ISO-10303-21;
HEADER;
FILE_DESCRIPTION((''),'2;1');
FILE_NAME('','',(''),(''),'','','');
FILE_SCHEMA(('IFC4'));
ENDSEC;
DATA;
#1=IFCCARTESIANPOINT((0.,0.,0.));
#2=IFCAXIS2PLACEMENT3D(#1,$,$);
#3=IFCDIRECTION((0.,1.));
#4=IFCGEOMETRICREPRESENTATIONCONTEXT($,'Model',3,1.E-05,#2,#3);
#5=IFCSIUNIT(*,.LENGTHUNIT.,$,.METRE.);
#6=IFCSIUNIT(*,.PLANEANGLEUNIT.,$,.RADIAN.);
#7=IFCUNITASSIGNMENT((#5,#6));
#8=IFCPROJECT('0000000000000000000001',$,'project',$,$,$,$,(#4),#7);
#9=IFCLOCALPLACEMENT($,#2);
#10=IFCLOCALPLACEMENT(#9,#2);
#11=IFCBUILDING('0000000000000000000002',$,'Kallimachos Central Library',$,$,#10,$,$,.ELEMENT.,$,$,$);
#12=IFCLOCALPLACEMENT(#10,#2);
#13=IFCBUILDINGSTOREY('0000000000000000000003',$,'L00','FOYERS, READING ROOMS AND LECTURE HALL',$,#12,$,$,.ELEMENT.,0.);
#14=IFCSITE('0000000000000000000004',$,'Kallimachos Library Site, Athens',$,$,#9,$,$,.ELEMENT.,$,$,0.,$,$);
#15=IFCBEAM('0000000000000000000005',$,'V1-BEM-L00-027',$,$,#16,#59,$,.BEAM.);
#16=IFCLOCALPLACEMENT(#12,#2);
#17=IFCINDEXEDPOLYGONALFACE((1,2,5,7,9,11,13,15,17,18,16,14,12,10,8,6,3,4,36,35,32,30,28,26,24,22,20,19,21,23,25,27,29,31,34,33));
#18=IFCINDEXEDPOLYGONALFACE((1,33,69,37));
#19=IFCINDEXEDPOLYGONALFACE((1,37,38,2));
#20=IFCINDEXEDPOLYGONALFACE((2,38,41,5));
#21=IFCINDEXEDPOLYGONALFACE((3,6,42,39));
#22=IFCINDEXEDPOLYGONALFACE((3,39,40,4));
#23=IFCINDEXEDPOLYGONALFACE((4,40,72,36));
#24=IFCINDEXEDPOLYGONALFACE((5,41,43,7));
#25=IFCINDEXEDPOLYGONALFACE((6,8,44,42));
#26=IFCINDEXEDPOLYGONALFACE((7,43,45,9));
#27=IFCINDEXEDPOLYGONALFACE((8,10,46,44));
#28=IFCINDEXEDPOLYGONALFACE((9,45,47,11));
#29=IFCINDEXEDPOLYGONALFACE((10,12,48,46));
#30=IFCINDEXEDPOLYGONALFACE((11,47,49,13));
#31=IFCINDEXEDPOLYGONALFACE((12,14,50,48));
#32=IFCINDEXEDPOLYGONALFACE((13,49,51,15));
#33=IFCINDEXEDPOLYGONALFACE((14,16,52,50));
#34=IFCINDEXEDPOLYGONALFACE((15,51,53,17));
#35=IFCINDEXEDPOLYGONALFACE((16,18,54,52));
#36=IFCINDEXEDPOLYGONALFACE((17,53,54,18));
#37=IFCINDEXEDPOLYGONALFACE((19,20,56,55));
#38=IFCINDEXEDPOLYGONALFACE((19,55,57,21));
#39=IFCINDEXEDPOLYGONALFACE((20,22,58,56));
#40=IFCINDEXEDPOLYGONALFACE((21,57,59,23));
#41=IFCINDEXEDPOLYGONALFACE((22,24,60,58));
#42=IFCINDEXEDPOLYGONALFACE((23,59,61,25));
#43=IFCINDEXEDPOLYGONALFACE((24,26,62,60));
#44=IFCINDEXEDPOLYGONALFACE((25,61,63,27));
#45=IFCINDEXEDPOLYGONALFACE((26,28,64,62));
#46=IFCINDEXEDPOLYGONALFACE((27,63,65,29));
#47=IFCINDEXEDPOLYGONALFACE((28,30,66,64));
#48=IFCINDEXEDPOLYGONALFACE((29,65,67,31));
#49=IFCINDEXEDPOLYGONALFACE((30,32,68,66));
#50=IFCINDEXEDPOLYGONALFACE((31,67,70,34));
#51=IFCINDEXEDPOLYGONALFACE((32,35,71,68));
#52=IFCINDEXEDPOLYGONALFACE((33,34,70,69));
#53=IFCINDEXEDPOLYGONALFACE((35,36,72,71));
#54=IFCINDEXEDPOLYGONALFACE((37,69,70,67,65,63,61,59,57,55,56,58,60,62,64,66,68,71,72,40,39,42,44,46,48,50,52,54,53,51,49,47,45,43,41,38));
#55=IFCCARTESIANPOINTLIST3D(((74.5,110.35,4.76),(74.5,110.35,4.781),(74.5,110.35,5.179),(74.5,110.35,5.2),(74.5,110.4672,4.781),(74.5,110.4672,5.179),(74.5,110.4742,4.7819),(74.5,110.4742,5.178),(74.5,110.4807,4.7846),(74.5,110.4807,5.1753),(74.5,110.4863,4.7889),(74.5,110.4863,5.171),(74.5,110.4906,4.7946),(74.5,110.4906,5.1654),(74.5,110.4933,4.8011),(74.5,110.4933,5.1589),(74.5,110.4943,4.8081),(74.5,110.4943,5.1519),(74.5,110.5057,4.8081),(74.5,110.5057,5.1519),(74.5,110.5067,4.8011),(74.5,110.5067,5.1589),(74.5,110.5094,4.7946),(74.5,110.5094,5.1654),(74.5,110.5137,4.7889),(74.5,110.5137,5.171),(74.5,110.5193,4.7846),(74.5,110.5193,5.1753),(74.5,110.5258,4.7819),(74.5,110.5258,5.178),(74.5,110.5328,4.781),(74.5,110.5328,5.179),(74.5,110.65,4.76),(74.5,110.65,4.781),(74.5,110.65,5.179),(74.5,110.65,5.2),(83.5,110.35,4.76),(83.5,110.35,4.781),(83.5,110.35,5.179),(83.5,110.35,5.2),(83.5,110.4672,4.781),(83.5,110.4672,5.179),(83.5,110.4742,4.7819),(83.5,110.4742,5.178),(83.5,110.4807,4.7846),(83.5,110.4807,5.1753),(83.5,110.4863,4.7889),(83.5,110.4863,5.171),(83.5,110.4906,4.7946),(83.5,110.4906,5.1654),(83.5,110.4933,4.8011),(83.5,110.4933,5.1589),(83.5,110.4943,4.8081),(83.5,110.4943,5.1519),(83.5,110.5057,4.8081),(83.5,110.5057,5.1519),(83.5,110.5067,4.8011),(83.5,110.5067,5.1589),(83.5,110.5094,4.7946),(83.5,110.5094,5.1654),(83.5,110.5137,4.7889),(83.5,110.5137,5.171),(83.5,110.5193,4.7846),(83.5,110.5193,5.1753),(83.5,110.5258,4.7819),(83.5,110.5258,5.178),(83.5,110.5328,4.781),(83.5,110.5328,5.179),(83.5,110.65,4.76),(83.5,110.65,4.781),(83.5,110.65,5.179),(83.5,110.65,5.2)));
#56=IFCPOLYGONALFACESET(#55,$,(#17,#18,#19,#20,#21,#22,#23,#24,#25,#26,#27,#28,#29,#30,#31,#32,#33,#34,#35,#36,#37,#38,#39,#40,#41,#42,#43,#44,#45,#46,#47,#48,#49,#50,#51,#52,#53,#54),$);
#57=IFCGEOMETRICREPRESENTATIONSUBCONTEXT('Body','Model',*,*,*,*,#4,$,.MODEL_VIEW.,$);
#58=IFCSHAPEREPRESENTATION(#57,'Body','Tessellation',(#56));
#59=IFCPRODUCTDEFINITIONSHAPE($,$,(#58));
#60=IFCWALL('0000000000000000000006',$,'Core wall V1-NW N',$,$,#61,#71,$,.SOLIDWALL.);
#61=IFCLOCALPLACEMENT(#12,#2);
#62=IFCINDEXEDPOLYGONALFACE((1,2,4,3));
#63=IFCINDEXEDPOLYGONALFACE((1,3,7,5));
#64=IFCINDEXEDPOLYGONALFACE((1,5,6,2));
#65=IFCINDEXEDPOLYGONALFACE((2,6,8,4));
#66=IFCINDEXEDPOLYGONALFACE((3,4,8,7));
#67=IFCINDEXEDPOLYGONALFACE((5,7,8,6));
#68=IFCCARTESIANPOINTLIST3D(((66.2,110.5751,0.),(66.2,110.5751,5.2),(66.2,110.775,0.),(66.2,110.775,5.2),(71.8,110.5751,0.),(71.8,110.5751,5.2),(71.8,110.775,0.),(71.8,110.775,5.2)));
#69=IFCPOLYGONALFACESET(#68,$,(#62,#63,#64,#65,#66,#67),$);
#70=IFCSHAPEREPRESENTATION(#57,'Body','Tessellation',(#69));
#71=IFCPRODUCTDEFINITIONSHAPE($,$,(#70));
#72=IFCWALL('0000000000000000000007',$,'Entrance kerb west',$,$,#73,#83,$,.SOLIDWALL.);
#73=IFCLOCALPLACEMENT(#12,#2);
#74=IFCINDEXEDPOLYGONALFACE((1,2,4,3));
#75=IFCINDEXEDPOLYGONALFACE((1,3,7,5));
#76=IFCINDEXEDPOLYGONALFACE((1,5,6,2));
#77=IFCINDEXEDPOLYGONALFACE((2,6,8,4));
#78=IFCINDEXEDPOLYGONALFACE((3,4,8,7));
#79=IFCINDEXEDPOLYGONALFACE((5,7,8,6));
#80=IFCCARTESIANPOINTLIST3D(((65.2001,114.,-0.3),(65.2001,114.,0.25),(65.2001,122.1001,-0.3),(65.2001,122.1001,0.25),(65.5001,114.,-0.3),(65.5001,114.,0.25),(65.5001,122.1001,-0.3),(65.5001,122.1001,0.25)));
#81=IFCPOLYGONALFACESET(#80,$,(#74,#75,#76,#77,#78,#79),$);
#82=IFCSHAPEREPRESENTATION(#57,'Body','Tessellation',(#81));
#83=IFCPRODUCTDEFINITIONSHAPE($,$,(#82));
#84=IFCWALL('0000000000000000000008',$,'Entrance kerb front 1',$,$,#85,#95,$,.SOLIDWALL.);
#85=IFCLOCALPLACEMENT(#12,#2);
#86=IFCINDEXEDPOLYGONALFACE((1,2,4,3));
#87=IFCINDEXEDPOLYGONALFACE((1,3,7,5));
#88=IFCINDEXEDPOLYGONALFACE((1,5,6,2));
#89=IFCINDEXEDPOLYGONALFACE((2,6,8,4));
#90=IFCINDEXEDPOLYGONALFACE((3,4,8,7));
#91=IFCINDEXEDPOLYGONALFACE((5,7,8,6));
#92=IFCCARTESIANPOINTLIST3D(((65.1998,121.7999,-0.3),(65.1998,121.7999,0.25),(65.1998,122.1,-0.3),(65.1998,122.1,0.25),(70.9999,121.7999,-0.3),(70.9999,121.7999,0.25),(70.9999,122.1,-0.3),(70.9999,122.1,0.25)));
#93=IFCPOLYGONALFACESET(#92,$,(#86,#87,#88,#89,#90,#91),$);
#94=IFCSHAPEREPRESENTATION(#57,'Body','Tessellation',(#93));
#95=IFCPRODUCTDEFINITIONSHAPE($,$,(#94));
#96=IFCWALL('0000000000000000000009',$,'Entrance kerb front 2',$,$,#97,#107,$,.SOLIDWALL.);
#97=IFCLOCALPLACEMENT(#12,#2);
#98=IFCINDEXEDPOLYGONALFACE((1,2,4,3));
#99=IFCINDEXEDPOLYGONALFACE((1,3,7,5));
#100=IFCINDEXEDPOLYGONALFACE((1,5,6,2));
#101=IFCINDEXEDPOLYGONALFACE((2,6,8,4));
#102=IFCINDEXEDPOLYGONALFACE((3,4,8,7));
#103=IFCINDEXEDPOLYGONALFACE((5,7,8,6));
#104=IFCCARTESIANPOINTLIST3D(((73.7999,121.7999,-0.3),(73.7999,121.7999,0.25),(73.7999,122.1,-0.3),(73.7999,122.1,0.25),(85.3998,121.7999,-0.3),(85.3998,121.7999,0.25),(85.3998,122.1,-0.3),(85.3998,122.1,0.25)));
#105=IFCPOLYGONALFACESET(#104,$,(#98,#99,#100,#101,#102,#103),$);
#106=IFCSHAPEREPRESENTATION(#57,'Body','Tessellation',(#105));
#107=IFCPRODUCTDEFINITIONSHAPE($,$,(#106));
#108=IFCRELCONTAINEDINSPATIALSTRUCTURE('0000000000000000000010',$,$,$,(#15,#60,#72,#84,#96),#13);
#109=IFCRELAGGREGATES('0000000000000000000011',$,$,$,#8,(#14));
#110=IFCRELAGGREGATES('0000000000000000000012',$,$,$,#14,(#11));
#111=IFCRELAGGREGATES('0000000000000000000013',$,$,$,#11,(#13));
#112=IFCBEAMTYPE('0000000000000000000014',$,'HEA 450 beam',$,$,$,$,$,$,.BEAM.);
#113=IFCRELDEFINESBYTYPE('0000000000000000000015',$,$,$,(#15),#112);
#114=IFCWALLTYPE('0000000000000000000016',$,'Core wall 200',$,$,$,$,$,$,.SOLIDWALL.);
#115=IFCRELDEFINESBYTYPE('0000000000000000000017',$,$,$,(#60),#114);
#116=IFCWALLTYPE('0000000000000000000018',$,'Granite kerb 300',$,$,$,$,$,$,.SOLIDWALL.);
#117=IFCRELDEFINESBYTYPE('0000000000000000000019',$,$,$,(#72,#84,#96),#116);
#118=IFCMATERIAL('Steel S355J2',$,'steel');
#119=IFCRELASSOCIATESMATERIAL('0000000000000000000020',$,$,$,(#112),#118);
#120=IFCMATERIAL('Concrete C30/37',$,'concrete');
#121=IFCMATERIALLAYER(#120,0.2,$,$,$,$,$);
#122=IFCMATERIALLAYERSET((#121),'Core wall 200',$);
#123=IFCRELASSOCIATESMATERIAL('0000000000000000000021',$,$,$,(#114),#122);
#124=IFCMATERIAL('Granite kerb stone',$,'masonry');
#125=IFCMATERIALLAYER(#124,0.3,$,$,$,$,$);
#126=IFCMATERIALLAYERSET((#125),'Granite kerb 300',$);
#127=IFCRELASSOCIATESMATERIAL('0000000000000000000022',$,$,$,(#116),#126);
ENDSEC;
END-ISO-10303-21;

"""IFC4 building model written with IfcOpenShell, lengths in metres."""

from ifc_helpers import new_model, si_unit, direction, frame, frame_2d, origin, origin_2d, place, context, subcontext, project, spatial, rectangle, i_section, extrude, material, layer, layer_set, material_profile, profile_set, type_object, element, save


model = new_model("IFC4")

# Units and contexts
model_context = context("Model", 3, precision=1e-05, world=origin(), true_north=direction((0.0, 1.0)))
body_context = subcontext(model_context, "Body", "Model", "MODEL_VIEW")
ifc_project = project(units=[si_unit("LENGTHUNIT", "METRE"), si_unit("PLANEANGLEUNIT", "RADIAN")], contexts=[model_context])

# Site, building, storey
site_placement = place(None, origin())
site = spatial("IfcSite", under=ifc_project, at=site_placement, Name="Kallimachos Library Site, Athens", CompositionType="ELEMENT", RefElevation=0.0)
building_placement = place(site_placement, origin())
building = spatial("IfcBuilding", under=site, at=building_placement, Name="Kallimachos Central Library", CompositionType="ELEMENT")
storey_placement = place(building_placement, origin())
storey = spatial("IfcBuildingStorey", under=building, at=storey_placement, Name="L00", Description="FOYERS, READING ROOMS AND LECTURE HALL", CompositionType="ELEMENT", Elevation=0.0)

# Beam
ifc_material_1 = material(Name="Steel S355J2", Category="steel")
ifc_material_profile_1 = material_profile(ifc_material_1, i_section(OverallWidth=0.3, OverallDepth=0.4399, WebThickness=0.0115, FlangeThickness=0.021, FilletRadius=0.0271, at=origin_2d()), Name="HEA 450")
ifc_profile_set_1 = profile_set([ifc_material_profile_1], Name="Steel S355J2")
beam_type = type_object("IfcBeamType", Name="HEA 450 beam", PredefinedType="BEAM", material=ifc_profile_set_1)
beam_placement = place(storey_placement, frame((74.5, 110.5, 4.98), z_axis=(1.0, 0.0, 0.0), x_axis=(0.0, 1.0, 0.0)))
element("IfcBeam", 1, at=beam_placement, inside=storey, type_object=beam_type, Name="V1-BEM-L00-027", PredefinedType="BEAM", context=body_context, shape_type="SweptSolid", body=[
    extrude(i_section(OverallWidth=0.3, OverallDepth=0.4399, WebThickness=0.0115, FlangeThickness=0.021, FilletRadius=0.0271, at=origin_2d()), origin(), (0.0, 0.0, 1.0), 9.0),
])

# Walls
ifc_material_2 = material(Name="Concrete C30/37", Category="concrete")
ifc_layer_1 = layer(ifc_material_2, 0.2)
ifc_layer_set_1 = layer_set([ifc_layer_1], Name="Core wall 200")
wall_type_1 = type_object("IfcWallType", Name="Core wall 200", PredefinedType="SOLIDWALL", material=ifc_layer_set_1)
wall_1_placement = place(storey_placement, frame((66.2, 110.675, 0.0), z_axis=(0.0, 0.0, 1.0), x_axis=(1.0, 0.0, 0.0)))
element("IfcWall", 2, at=wall_1_placement, inside=storey, type_object=wall_type_1, Name="Core wall V1-NW N", PredefinedType="SOLIDWALL", context=body_context, shape_type="SweptSolid", body=[
    extrude(rectangle(XDim=5.6001, YDim=0.2, at=frame_2d((2.8, 0.0))), origin(), (0.0, 0.0, 1.0), 5.2),
])
ifc_material_3 = material(Name="Granite kerb stone", Category="masonry")
ifc_layer_2 = layer(ifc_material_3, 0.3)
ifc_layer_set_2 = layer_set([ifc_layer_2], Name="Granite kerb 300")
wall_type_2 = type_object("IfcWallType", Name="Granite kerb 300", PredefinedType="SOLIDWALL", material=ifc_layer_set_2)
wall_2_placement = place(storey_placement, frame((65.3501, 114.0, -0.3), z_axis=(0.0, 0.0, 1.0), x_axis=(0.0, 1.0, 0.0)))
element("IfcWall", 3, at=wall_2_placement, inside=storey, type_object=wall_type_2, Name="Entrance kerb west", PredefinedType="SOLIDWALL", context=body_context, shape_type="SweptSolid", body=[
    extrude(rectangle(XDim=8.1001, YDim=0.3, at=frame_2d((4.05, 0.0))), origin(), (0.0, 0.0, 1.0), 0.55),
])
wall_3_placement = place(storey_placement, frame((65.2, 121.95, -0.3), z_axis=(0.0, 0.0, 1.0), x_axis=(1.0, 0.0, 0.0)))
element("IfcWall", 4, at=wall_3_placement, inside=storey, type_object=wall_type_2, Name="Entrance kerb front 1", PredefinedType="SOLIDWALL", context=body_context, shape_type="SweptSolid", body=[
    extrude(rectangle(XDim=5.8, YDim=0.3, at=frame_2d((2.8999, 0.0))), origin(), (0.0, 0.0, 1.0), 0.55),
])
wall_4_placement = place(storey_placement, frame((73.8, 121.95, -0.3), z_axis=(0.0, 0.0, 1.0), x_axis=(1.0, 0.0, 0.0)))
element("IfcWall", 5, at=wall_4_placement, inside=storey, type_object=wall_type_2, Name="Entrance kerb front 2", PredefinedType="SOLIDWALL", context=body_context, shape_type="SweptSolid", body=[
    extrude(rectangle(XDim=11.5999, YDim=0.3, at=frame_2d((5.7998, 0.0))), origin(), (0.0, 0.0, 1.0), 0.55),
])

save(model, "model.ifc")
